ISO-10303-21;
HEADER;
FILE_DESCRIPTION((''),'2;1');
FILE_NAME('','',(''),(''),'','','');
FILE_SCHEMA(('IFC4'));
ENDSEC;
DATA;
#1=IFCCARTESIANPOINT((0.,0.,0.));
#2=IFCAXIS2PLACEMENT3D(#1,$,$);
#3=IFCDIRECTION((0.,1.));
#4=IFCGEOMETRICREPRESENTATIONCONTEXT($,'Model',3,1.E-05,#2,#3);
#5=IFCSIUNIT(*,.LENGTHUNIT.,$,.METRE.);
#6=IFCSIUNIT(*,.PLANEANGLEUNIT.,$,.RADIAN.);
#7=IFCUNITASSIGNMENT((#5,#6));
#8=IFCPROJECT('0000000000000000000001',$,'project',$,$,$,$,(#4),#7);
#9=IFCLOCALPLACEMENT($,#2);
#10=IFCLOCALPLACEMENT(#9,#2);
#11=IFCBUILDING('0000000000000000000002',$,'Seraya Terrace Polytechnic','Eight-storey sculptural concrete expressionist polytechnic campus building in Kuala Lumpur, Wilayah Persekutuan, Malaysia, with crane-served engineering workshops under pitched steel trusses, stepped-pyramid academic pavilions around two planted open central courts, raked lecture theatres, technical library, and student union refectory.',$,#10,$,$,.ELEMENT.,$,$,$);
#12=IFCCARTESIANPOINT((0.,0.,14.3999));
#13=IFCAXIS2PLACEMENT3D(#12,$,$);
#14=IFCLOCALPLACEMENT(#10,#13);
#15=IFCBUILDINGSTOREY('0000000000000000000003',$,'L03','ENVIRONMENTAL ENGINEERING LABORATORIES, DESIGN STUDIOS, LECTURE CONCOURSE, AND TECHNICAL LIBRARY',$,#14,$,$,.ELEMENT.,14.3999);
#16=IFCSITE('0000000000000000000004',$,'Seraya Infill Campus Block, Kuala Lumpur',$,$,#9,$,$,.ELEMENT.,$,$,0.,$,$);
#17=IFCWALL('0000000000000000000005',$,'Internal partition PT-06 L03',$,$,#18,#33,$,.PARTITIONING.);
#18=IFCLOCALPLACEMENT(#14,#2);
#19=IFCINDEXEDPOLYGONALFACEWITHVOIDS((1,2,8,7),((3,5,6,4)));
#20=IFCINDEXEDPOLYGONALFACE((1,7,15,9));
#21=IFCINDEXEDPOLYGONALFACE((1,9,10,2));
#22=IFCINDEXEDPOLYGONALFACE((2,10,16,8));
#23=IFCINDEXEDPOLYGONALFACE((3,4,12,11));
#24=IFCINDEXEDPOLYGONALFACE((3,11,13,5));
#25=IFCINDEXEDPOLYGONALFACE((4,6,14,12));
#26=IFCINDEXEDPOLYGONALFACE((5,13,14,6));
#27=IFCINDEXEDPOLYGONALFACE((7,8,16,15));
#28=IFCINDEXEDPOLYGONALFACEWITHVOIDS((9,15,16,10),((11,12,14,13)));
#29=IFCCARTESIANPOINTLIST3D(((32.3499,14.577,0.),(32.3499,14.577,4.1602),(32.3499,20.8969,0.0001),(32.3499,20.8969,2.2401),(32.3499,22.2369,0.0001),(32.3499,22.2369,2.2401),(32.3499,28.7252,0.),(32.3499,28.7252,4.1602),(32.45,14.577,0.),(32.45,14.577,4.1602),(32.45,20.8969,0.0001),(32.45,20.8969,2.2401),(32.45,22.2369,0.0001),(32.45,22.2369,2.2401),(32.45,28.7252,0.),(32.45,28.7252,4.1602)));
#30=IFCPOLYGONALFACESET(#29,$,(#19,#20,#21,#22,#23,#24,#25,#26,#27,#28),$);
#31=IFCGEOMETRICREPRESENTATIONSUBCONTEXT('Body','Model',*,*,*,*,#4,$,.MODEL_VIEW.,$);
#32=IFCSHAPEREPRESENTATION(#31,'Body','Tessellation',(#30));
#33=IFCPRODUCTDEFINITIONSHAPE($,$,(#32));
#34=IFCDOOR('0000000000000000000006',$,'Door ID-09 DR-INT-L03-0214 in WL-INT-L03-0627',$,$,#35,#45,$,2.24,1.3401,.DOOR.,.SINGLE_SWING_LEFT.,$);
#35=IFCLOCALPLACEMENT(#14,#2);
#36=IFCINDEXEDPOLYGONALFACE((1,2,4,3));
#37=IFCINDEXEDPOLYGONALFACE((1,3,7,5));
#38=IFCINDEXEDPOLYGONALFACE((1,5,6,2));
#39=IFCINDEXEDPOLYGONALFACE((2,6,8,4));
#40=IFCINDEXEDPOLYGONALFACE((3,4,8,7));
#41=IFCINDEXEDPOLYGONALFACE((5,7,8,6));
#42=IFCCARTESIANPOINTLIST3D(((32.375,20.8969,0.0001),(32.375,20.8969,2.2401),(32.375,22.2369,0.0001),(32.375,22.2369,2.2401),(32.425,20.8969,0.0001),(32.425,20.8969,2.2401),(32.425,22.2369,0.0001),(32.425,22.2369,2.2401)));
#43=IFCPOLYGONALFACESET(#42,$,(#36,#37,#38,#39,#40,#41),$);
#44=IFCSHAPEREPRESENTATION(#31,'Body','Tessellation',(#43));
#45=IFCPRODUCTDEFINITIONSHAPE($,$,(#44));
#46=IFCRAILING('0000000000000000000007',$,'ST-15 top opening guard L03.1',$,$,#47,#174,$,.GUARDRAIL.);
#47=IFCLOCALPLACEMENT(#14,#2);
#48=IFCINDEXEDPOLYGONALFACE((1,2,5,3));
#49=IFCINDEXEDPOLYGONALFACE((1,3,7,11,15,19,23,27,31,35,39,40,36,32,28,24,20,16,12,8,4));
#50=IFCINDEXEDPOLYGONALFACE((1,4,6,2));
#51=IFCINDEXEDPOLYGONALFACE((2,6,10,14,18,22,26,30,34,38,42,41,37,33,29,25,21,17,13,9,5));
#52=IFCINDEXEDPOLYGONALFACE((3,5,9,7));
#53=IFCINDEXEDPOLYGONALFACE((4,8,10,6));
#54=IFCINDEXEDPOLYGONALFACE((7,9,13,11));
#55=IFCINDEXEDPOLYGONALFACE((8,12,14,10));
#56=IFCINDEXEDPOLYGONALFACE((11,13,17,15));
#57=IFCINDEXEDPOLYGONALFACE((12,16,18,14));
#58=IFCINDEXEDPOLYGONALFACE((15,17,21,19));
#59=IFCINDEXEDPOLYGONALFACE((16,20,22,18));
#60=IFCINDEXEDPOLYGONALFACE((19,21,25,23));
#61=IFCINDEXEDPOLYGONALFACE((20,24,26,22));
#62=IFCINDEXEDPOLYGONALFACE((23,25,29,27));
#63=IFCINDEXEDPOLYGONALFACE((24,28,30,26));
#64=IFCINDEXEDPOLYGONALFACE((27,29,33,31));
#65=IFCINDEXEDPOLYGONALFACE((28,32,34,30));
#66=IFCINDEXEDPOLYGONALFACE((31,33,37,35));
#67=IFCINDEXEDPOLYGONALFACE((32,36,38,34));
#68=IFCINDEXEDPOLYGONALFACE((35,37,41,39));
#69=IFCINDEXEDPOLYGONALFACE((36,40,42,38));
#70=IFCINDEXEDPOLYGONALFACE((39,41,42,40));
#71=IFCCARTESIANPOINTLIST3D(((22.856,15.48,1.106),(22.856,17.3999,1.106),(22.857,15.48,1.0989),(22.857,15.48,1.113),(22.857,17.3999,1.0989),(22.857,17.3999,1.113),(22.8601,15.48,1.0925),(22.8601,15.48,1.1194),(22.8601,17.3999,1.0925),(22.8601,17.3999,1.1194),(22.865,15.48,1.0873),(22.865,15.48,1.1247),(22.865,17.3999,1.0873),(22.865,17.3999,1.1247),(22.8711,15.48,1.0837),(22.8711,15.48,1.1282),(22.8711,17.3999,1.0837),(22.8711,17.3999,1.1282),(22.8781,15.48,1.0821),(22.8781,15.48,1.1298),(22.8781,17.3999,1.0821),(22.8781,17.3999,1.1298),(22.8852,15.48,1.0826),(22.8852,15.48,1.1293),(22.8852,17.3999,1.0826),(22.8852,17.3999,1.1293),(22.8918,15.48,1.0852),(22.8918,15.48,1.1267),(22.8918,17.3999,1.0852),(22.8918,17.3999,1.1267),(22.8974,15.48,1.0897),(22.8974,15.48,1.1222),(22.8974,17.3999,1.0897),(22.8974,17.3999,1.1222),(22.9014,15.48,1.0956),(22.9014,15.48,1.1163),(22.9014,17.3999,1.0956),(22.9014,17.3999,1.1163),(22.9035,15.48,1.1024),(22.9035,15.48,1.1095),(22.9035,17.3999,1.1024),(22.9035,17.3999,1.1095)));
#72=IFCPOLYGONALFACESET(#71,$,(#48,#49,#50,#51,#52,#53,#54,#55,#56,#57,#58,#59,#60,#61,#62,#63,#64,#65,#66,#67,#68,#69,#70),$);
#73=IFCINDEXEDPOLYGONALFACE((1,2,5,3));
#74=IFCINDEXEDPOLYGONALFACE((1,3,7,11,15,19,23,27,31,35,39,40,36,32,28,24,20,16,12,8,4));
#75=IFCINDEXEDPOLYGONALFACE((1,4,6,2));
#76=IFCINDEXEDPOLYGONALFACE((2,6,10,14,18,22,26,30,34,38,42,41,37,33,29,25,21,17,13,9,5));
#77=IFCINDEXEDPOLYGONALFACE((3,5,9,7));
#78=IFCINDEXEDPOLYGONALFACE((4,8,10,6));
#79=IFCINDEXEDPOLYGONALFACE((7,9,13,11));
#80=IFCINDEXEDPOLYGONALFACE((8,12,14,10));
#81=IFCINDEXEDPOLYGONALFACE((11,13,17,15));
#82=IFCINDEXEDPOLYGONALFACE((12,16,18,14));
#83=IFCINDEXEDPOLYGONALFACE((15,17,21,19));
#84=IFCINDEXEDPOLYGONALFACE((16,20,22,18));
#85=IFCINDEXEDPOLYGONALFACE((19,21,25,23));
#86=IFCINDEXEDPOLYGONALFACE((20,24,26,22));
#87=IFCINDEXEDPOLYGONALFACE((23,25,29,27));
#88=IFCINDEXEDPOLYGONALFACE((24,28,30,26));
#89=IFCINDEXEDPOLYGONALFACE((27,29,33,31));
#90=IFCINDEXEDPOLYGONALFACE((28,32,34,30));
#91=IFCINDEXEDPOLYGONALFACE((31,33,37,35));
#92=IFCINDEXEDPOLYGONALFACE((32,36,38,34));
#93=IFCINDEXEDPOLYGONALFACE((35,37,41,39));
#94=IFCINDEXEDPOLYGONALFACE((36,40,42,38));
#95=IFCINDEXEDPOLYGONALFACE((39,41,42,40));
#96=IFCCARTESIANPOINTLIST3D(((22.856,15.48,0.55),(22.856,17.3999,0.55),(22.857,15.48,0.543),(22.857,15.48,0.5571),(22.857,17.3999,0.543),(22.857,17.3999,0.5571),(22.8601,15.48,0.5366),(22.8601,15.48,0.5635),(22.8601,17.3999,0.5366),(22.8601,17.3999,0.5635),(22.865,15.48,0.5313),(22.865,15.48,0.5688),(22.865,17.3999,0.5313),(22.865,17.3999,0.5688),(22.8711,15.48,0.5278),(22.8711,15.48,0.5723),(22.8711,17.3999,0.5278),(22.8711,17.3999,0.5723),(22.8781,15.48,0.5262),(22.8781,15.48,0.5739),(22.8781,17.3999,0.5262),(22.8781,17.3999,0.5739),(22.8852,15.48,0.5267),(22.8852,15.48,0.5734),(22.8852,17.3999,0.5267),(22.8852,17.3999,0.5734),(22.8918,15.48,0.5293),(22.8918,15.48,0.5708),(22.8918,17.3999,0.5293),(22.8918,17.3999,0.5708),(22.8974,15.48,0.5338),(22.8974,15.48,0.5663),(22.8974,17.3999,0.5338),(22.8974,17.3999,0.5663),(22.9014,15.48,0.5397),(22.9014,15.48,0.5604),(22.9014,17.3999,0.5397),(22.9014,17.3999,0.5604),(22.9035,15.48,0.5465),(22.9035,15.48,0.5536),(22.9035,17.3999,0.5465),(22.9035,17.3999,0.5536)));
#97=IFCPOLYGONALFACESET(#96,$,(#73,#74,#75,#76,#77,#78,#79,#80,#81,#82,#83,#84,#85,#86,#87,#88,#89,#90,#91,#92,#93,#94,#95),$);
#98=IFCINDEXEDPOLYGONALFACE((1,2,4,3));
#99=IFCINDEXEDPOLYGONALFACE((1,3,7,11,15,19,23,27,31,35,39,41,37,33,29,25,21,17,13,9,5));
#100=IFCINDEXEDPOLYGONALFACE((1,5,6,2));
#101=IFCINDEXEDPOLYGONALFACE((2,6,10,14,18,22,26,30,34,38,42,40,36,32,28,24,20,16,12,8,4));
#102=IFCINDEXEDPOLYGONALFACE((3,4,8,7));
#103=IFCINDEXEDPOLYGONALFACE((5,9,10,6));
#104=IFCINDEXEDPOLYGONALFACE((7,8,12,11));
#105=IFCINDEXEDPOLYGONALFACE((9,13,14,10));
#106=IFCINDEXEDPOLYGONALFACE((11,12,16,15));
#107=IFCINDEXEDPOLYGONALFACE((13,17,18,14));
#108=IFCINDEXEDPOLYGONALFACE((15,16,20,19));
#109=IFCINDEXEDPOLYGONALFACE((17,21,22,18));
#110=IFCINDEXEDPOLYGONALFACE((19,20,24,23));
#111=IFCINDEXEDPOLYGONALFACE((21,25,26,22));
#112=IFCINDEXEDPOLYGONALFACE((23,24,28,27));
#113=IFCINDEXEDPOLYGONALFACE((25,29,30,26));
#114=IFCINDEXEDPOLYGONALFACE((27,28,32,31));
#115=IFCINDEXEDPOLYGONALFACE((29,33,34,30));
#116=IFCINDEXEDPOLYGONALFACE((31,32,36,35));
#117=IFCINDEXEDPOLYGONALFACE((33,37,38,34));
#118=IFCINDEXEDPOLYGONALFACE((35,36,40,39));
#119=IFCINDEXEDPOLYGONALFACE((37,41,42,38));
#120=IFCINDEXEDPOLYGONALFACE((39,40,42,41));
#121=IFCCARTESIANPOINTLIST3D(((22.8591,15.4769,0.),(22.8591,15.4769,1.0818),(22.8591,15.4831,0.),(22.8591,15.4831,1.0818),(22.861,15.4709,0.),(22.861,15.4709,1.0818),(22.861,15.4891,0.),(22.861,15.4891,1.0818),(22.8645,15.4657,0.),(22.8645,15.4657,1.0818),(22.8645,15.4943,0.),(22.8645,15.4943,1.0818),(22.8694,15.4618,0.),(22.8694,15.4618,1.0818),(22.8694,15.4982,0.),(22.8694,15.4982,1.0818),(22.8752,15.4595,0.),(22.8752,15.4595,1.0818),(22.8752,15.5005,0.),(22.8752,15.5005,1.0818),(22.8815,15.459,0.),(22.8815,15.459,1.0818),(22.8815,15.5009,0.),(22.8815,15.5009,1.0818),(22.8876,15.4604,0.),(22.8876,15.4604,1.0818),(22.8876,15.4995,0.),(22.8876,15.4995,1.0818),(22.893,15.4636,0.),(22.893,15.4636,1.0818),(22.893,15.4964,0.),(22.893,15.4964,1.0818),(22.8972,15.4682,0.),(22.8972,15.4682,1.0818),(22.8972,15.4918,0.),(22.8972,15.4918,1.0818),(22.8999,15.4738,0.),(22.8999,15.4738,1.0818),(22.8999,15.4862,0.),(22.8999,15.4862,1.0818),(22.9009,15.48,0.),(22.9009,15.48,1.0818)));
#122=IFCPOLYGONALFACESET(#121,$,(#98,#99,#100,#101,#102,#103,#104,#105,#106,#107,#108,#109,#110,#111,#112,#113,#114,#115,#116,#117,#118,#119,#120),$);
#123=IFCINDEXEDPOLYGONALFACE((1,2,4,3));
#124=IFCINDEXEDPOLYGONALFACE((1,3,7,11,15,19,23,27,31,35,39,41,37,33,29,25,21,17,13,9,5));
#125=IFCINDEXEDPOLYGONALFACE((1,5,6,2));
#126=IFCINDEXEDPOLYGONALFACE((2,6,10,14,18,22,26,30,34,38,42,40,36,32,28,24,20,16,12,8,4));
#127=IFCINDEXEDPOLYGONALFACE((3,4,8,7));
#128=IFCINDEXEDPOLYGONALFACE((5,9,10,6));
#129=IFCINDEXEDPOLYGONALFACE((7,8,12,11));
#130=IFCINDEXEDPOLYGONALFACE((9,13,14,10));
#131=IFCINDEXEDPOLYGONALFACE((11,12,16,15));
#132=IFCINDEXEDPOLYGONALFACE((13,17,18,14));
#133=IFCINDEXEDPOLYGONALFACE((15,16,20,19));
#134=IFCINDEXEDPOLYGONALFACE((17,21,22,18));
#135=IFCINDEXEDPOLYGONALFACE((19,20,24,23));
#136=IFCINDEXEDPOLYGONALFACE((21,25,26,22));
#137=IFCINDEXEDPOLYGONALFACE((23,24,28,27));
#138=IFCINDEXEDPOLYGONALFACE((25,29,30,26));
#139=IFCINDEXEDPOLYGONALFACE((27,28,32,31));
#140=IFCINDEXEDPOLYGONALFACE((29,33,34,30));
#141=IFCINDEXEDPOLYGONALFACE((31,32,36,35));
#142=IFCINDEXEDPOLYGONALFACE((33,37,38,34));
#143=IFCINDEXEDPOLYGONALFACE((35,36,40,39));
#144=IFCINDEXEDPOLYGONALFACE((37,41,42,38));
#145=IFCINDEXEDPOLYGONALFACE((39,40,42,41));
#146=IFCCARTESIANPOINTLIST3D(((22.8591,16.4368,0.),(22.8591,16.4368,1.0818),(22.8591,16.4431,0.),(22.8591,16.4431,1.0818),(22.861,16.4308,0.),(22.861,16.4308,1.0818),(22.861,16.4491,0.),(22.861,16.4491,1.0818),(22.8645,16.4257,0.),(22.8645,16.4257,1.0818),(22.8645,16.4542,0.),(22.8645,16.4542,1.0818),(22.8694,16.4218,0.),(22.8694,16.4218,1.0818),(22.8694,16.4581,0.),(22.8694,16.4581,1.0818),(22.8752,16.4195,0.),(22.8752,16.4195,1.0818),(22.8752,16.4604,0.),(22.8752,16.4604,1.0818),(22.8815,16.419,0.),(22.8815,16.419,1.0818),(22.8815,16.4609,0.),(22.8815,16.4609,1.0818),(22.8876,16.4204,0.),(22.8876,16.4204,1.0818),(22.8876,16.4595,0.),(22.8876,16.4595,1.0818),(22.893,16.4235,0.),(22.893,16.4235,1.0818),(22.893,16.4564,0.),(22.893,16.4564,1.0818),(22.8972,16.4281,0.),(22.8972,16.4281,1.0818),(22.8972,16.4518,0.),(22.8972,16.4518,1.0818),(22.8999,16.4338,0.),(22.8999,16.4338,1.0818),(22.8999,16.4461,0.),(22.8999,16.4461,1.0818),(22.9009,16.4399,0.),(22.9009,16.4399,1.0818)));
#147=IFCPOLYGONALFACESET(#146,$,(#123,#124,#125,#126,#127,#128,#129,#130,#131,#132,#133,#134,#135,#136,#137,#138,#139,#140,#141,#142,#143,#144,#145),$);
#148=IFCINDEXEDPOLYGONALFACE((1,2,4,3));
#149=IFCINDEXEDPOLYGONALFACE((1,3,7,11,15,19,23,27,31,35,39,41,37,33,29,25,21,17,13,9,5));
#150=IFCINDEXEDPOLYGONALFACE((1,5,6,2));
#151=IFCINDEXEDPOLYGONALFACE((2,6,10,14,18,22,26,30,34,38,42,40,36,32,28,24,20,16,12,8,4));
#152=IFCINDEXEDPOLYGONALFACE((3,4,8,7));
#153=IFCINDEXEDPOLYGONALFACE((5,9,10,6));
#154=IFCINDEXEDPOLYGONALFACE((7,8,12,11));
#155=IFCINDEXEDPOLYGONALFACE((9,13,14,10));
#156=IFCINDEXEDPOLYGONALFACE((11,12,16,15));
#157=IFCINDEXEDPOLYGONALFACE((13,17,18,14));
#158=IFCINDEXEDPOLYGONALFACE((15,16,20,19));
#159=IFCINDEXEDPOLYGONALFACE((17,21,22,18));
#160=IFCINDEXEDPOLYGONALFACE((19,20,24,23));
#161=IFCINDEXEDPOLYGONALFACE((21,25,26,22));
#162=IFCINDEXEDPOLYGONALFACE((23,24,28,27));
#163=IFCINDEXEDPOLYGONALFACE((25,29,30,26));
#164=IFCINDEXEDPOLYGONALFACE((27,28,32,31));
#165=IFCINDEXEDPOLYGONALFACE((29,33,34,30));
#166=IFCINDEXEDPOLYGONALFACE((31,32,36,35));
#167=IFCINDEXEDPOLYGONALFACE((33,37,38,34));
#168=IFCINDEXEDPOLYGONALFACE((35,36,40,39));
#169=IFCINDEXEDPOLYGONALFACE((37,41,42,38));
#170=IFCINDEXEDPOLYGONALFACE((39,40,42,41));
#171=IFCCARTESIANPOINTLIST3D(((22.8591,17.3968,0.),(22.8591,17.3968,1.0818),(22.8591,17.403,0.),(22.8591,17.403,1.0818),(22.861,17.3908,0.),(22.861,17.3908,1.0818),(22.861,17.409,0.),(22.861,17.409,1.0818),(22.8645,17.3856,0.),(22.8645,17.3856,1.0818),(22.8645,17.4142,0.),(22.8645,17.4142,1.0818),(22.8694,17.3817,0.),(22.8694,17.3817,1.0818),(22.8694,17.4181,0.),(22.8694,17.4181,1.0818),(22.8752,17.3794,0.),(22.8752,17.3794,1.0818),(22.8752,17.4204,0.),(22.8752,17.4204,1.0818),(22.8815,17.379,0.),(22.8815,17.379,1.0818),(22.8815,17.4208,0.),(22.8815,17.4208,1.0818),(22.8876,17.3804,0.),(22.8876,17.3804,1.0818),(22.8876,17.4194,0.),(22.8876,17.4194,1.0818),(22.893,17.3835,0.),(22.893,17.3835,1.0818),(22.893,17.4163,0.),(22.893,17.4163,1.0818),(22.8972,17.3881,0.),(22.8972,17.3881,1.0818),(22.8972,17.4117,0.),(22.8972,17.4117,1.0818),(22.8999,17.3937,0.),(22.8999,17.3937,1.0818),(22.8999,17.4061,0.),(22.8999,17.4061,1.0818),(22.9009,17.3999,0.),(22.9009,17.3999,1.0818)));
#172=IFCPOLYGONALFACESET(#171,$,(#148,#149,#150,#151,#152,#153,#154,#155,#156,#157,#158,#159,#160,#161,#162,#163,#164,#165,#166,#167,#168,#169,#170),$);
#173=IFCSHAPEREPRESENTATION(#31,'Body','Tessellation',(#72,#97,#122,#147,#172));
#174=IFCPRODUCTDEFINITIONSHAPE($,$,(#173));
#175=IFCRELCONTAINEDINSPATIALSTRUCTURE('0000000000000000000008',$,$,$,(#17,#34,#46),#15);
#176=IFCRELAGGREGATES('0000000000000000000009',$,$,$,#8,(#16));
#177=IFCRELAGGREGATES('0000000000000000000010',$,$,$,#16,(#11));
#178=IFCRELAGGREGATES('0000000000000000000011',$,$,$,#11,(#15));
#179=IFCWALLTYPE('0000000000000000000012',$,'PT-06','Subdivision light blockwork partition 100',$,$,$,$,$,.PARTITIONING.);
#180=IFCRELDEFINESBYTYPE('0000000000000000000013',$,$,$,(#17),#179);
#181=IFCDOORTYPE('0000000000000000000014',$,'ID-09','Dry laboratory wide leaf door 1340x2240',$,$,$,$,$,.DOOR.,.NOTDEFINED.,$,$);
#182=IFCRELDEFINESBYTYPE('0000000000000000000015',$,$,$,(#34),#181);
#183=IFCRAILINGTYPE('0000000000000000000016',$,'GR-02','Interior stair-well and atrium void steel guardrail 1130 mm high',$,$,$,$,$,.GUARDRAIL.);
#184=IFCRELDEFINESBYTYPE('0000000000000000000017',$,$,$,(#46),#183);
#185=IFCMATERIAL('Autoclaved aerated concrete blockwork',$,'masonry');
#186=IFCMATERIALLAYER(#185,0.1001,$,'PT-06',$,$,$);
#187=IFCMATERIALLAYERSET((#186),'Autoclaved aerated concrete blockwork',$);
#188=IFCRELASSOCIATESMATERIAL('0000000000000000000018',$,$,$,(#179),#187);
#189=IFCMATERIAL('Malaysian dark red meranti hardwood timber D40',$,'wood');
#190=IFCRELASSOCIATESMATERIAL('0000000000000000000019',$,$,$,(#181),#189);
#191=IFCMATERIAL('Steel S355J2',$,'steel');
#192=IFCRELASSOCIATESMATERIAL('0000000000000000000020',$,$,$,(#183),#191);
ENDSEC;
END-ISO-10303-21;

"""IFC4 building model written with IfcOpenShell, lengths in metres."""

from ifc_helpers import new_model, si_unit, direction, frame, frame_2d, origin, origin_2d, place, context, subcontext, project, spatial, rectangle, circle, extrude, material, layer, layer_set, type_object, element, fill, save


model = new_model("IFC4")

# Units and contexts
model_context = context("Model", 3, precision=1e-05, world=origin(), true_north=direction((0.0, 1.0)))
body_context = subcontext(model_context, "Body", "Model", "MODEL_VIEW")
ifc_project = project(units=[si_unit("LENGTHUNIT", "METRE"), si_unit("PLANEANGLEUNIT", "RADIAN")], contexts=[model_context])

# Site, building, storey
site_placement = place(None, origin())
site = spatial("IfcSite", under=ifc_project, at=site_placement, Name="Seraya Infill Campus Block, Kuala Lumpur", CompositionType="ELEMENT", RefElevation=0.0)
building_placement = place(site_placement, origin())
building = spatial("IfcBuilding", under=site, at=building_placement, Name="Seraya Terrace Polytechnic", Description="Eight-storey sculptural concrete expressionist polytechnic campus building in Kuala Lumpur, Wilayah Persekutuan, Malaysia, with crane-served engineering workshops under pitched steel trusses, stepped-pyramid academic pavilions around two planted open central courts, raked lecture theatres, technical library, and student union refectory.", CompositionType="ELEMENT")
storey_placement = place(building_placement, frame((0.0, 0.0, 14.3999)))
storey = spatial("IfcBuildingStorey", under=building, at=storey_placement, Name="L03", Description="ENVIRONMENTAL ENGINEERING LABORATORIES, DESIGN STUDIOS, LECTURE CONCOURSE, AND TECHNICAL LIBRARY", CompositionType="ELEMENT", Elevation=14.3999)

# Shared definitions
ifc_material_1 = material(Name="Autoclaved aerated concrete blockwork", Category="masonry")

# Wall, opening, door
ifc_layer_1 = layer(ifc_material_1, 0.1001, Name="PT-06")
ifc_layer_set_1 = layer_set([ifc_layer_1], Name="Autoclaved aerated concrete blockwork")
wall_type_1 = type_object("IfcWallType", Name="PT-06", Description="Subdivision light blockwork partition 100", PredefinedType="PARTITIONING", material=ifc_layer_set_1)
wall_1_placement = place(storey_placement, frame((32.3999, 14.5769, 0.0), z_axis=(0.0, 0.0, 1.0), x_axis=(0.0, 1.0, 0.0)))
wall_1 = element("IfcWall", 1, at=wall_1_placement, inside=storey, type_object=wall_type_1, Name="Internal partition PT-06 L03", PredefinedType="PARTITIONING", context=body_context, shape_type="SweptSolid", body=[
    extrude(rectangle(XDim=14.1482, YDim=0.1001, at=frame_2d((7.0742, 0.0))), origin(), (0.0, 0.0, 1.0), 4.1602),
])
opening_placement = place(wall_1_placement, frame((6.3201, 0.0, 0.0)))
opening = element("IfcOpeningElement", 2, at=opening_placement, cuts=wall_1, PredefinedType="OPENING", context=body_context, shape_type="SweptSolid", body=[
    extrude(rectangle(XDim=1.3401, YDim=2.24, at=frame_2d((0.6699, 1.1201))), frame((0.0, 0.062, 0.0), z_axis=(0.0, -1.0, 0.0), x_axis=(1.0, 0.0, 0.0)), (0.0, 0.0, 1.0), 0.124),
])
ifc_material_2 = material(Name="Malaysian dark red meranti hardwood timber D40", Category="wood")
door_type = type_object("IfcDoorType", Name="ID-09", Description="Dry laboratory wide leaf door 1340x2240", OperationType="NOTDEFINED", PredefinedType="DOOR", material=ifc_material_2)
door_placement = place(opening_placement, origin())
door = element("IfcDoor", 3, at=door_placement, inside=storey, type_object=door_type, Name="Door ID-09 DR-INT-L03-0214 in WL-INT-L03-0627", OperationType="SINGLE_SWING_LEFT", OverallHeight=2.24, OverallWidth=1.3401, PredefinedType="DOOR", context=body_context, shape_type="SweptSolid", body=[
    extrude(rectangle(XDim=1.3401, YDim=2.24, at=frame_2d((0.6699, 1.1201))), frame((0.0, 0.0249, 0.0), z_axis=(0.0, -1.0, 0.0), x_axis=(1.0, 0.0, 0.0)), (0.0, 0.0, 1.0), 0.05),
])
fill(opening, door)

# Railing
ifc_material_3 = material(Name="Steel S355J2", Category="steel")
railing_type = type_object("IfcRailingType", Name="GR-02", Description="Interior stair-well and atrium void steel guardrail 1130 mm high", PredefinedType="GUARDRAIL", material=ifc_material_3)
railing_placement = place(storey_placement, frame((22.8799, 15.48, 0.0)))
element("IfcRailing", 4, at=railing_placement, inside=storey, type_object=railing_type, Name="ST-15 top opening guard L03.1", PredefinedType="GUARDRAIL", context=body_context, shape_type="SweptSolid", body=[
    extrude(circle(Radius=0.0239, at=origin_2d()), frame((0.0, 0.0, 1.106), z_axis=(0.0, 1.0, 0.0), x_axis=(-1.0, 0.0, 0.0)), (0.0, 0.0, 1.0), 1.9199),
    extrude(circle(Radius=0.0239, at=origin_2d()), frame((0.0, 0.0, 0.55), z_axis=(0.0, 1.0, 0.0), x_axis=(-1.0, 0.0, 0.0)), (0.0, 0.0, 1.0), 1.9199),
    extrude(circle(Radius=0.021, at=origin_2d()), origin(), (0.0, 0.0, 1.0), 1.0818),
    extrude(circle(Radius=0.021, at=origin_2d()), frame((0.0, 0.96, 0.0)), (0.0, 0.0, 1.0), 1.0818),
    extrude(circle(Radius=0.021, at=origin_2d()), frame((0.0, 1.9199, 0.0)), (0.0, 0.0, 1.0), 1.0818),
])

save(model, "model.ifc")
